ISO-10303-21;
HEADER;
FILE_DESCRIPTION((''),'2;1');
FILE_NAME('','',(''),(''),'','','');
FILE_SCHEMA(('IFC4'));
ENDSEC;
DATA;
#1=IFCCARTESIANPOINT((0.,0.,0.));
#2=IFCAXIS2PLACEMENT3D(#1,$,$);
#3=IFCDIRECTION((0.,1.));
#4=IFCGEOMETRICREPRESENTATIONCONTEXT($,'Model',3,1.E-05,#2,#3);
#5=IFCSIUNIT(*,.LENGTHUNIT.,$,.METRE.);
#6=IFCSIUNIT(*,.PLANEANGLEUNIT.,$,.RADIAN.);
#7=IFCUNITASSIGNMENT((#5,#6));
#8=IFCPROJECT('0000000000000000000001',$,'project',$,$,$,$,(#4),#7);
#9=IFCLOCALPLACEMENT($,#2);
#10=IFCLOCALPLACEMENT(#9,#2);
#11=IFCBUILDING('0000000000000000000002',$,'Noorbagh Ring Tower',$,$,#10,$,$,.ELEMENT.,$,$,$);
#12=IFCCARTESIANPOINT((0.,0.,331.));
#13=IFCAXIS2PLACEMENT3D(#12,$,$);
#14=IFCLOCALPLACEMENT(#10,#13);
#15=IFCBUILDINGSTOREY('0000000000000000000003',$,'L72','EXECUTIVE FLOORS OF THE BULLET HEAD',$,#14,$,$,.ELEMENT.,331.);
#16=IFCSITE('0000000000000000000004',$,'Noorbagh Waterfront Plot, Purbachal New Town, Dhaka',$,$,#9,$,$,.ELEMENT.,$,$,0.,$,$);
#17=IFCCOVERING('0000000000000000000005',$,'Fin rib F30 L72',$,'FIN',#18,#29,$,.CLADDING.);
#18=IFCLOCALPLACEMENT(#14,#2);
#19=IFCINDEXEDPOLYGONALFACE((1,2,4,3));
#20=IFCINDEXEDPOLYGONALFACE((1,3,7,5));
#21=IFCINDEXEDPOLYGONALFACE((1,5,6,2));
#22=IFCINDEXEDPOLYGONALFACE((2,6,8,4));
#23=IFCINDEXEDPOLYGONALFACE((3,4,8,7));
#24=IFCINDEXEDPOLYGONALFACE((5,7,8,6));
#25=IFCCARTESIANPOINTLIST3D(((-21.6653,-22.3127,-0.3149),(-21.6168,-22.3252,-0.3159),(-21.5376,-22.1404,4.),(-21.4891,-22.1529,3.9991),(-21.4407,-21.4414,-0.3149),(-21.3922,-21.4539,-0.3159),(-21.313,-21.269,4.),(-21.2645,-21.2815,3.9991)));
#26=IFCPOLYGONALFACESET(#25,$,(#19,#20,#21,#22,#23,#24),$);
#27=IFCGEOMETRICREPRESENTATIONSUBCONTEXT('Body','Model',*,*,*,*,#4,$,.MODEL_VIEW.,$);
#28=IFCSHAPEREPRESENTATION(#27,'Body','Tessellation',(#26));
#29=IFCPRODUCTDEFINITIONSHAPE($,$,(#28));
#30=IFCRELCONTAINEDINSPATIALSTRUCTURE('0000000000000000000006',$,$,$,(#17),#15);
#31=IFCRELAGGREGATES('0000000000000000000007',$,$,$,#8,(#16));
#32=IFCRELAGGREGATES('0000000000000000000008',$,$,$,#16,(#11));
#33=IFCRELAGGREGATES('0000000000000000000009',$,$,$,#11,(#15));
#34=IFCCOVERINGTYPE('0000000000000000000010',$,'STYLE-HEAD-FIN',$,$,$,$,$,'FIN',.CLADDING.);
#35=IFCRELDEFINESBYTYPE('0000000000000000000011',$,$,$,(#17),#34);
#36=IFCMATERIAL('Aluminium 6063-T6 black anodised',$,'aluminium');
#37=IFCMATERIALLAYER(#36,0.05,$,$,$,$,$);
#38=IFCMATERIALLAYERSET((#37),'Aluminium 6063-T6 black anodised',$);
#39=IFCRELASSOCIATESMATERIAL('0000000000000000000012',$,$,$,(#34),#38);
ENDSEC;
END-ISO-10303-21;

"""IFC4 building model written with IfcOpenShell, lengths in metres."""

from ifc_helpers import new_model, si_unit, direction, frame, origin, place, context, subcontext, project, spatial, polyline, outline, extrude, material, layer, layer_set, type_object, element, save


model = new_model("IFC4")

# Units and contexts
model_context = context("Model", 3, precision=1e-05, world=origin(), true_north=direction((0.0, 1.0)))
body_context = subcontext(model_context, "Body", "Model", "MODEL_VIEW")
ifc_project = project(units=[si_unit("LENGTHUNIT", "METRE"), si_unit("PLANEANGLEUNIT", "RADIAN")], contexts=[model_context])

# Site, building, storey
site_placement = place(None, origin())
site = spatial("IfcSite", under=ifc_project, at=site_placement, Name="Noorbagh Waterfront Plot, Purbachal New Town, Dhaka", CompositionType="ELEMENT", RefElevation=0.0)
building_placement = place(site_placement, origin())
building = spatial("IfcBuilding", under=site, at=building_placement, Name="Noorbagh Ring Tower", CompositionType="ELEMENT")
storey_placement = place(building_placement, frame((0.0, 0.0, 331.0)))
storey = spatial("IfcBuildingStorey", under=building, at=storey_placement, Name="L72", Description="EXECUTIVE FLOORS OF THE BULLET HEAD", CompositionType="ELEMENT", Elevation=331.0)

# Covering
ifc_material_1 = material(Name="Aluminium 6063-T6 black anodised", Category="aluminium")
ifc_layer_1 = layer(ifc_material_1, 0.05)
ifc_layer_set_1 = layer_set([ifc_layer_1], Name="Aluminium 6063-T6 black anodised")
covering_type_1 = type_object("IfcCoveringType", Name="STYLE-HEAD-FIN", ElementType="FIN", PredefinedType="CLADDING", material=ifc_layer_set_1)
covering_1_placement = place(storey_placement, frame((-21.6653, -22.3127, -0.3149), z_axis=(-0.968176, 0.249572, 0.01868), x_axis=(0.029555, 0.039896, 0.998767)))
element("IfcCovering", 1, at=covering_1_placement, inside=storey, type_object=covering_type_1, Name="Fin rib F30 L72", ObjectType="FIN", PredefinedType="CLADDING", context=body_context, shape_type="SweptSolid", body=[
    extrude(outline(polyline([(0.0, 0.0), (4.3203, 0.0), (4.3617, 0.8989), (0.0414, 0.8989), (0.0, 0.0)])), origin(), (0.0, 0.0, -1.0), 0.05),
])

save(model, "model.ifc")
